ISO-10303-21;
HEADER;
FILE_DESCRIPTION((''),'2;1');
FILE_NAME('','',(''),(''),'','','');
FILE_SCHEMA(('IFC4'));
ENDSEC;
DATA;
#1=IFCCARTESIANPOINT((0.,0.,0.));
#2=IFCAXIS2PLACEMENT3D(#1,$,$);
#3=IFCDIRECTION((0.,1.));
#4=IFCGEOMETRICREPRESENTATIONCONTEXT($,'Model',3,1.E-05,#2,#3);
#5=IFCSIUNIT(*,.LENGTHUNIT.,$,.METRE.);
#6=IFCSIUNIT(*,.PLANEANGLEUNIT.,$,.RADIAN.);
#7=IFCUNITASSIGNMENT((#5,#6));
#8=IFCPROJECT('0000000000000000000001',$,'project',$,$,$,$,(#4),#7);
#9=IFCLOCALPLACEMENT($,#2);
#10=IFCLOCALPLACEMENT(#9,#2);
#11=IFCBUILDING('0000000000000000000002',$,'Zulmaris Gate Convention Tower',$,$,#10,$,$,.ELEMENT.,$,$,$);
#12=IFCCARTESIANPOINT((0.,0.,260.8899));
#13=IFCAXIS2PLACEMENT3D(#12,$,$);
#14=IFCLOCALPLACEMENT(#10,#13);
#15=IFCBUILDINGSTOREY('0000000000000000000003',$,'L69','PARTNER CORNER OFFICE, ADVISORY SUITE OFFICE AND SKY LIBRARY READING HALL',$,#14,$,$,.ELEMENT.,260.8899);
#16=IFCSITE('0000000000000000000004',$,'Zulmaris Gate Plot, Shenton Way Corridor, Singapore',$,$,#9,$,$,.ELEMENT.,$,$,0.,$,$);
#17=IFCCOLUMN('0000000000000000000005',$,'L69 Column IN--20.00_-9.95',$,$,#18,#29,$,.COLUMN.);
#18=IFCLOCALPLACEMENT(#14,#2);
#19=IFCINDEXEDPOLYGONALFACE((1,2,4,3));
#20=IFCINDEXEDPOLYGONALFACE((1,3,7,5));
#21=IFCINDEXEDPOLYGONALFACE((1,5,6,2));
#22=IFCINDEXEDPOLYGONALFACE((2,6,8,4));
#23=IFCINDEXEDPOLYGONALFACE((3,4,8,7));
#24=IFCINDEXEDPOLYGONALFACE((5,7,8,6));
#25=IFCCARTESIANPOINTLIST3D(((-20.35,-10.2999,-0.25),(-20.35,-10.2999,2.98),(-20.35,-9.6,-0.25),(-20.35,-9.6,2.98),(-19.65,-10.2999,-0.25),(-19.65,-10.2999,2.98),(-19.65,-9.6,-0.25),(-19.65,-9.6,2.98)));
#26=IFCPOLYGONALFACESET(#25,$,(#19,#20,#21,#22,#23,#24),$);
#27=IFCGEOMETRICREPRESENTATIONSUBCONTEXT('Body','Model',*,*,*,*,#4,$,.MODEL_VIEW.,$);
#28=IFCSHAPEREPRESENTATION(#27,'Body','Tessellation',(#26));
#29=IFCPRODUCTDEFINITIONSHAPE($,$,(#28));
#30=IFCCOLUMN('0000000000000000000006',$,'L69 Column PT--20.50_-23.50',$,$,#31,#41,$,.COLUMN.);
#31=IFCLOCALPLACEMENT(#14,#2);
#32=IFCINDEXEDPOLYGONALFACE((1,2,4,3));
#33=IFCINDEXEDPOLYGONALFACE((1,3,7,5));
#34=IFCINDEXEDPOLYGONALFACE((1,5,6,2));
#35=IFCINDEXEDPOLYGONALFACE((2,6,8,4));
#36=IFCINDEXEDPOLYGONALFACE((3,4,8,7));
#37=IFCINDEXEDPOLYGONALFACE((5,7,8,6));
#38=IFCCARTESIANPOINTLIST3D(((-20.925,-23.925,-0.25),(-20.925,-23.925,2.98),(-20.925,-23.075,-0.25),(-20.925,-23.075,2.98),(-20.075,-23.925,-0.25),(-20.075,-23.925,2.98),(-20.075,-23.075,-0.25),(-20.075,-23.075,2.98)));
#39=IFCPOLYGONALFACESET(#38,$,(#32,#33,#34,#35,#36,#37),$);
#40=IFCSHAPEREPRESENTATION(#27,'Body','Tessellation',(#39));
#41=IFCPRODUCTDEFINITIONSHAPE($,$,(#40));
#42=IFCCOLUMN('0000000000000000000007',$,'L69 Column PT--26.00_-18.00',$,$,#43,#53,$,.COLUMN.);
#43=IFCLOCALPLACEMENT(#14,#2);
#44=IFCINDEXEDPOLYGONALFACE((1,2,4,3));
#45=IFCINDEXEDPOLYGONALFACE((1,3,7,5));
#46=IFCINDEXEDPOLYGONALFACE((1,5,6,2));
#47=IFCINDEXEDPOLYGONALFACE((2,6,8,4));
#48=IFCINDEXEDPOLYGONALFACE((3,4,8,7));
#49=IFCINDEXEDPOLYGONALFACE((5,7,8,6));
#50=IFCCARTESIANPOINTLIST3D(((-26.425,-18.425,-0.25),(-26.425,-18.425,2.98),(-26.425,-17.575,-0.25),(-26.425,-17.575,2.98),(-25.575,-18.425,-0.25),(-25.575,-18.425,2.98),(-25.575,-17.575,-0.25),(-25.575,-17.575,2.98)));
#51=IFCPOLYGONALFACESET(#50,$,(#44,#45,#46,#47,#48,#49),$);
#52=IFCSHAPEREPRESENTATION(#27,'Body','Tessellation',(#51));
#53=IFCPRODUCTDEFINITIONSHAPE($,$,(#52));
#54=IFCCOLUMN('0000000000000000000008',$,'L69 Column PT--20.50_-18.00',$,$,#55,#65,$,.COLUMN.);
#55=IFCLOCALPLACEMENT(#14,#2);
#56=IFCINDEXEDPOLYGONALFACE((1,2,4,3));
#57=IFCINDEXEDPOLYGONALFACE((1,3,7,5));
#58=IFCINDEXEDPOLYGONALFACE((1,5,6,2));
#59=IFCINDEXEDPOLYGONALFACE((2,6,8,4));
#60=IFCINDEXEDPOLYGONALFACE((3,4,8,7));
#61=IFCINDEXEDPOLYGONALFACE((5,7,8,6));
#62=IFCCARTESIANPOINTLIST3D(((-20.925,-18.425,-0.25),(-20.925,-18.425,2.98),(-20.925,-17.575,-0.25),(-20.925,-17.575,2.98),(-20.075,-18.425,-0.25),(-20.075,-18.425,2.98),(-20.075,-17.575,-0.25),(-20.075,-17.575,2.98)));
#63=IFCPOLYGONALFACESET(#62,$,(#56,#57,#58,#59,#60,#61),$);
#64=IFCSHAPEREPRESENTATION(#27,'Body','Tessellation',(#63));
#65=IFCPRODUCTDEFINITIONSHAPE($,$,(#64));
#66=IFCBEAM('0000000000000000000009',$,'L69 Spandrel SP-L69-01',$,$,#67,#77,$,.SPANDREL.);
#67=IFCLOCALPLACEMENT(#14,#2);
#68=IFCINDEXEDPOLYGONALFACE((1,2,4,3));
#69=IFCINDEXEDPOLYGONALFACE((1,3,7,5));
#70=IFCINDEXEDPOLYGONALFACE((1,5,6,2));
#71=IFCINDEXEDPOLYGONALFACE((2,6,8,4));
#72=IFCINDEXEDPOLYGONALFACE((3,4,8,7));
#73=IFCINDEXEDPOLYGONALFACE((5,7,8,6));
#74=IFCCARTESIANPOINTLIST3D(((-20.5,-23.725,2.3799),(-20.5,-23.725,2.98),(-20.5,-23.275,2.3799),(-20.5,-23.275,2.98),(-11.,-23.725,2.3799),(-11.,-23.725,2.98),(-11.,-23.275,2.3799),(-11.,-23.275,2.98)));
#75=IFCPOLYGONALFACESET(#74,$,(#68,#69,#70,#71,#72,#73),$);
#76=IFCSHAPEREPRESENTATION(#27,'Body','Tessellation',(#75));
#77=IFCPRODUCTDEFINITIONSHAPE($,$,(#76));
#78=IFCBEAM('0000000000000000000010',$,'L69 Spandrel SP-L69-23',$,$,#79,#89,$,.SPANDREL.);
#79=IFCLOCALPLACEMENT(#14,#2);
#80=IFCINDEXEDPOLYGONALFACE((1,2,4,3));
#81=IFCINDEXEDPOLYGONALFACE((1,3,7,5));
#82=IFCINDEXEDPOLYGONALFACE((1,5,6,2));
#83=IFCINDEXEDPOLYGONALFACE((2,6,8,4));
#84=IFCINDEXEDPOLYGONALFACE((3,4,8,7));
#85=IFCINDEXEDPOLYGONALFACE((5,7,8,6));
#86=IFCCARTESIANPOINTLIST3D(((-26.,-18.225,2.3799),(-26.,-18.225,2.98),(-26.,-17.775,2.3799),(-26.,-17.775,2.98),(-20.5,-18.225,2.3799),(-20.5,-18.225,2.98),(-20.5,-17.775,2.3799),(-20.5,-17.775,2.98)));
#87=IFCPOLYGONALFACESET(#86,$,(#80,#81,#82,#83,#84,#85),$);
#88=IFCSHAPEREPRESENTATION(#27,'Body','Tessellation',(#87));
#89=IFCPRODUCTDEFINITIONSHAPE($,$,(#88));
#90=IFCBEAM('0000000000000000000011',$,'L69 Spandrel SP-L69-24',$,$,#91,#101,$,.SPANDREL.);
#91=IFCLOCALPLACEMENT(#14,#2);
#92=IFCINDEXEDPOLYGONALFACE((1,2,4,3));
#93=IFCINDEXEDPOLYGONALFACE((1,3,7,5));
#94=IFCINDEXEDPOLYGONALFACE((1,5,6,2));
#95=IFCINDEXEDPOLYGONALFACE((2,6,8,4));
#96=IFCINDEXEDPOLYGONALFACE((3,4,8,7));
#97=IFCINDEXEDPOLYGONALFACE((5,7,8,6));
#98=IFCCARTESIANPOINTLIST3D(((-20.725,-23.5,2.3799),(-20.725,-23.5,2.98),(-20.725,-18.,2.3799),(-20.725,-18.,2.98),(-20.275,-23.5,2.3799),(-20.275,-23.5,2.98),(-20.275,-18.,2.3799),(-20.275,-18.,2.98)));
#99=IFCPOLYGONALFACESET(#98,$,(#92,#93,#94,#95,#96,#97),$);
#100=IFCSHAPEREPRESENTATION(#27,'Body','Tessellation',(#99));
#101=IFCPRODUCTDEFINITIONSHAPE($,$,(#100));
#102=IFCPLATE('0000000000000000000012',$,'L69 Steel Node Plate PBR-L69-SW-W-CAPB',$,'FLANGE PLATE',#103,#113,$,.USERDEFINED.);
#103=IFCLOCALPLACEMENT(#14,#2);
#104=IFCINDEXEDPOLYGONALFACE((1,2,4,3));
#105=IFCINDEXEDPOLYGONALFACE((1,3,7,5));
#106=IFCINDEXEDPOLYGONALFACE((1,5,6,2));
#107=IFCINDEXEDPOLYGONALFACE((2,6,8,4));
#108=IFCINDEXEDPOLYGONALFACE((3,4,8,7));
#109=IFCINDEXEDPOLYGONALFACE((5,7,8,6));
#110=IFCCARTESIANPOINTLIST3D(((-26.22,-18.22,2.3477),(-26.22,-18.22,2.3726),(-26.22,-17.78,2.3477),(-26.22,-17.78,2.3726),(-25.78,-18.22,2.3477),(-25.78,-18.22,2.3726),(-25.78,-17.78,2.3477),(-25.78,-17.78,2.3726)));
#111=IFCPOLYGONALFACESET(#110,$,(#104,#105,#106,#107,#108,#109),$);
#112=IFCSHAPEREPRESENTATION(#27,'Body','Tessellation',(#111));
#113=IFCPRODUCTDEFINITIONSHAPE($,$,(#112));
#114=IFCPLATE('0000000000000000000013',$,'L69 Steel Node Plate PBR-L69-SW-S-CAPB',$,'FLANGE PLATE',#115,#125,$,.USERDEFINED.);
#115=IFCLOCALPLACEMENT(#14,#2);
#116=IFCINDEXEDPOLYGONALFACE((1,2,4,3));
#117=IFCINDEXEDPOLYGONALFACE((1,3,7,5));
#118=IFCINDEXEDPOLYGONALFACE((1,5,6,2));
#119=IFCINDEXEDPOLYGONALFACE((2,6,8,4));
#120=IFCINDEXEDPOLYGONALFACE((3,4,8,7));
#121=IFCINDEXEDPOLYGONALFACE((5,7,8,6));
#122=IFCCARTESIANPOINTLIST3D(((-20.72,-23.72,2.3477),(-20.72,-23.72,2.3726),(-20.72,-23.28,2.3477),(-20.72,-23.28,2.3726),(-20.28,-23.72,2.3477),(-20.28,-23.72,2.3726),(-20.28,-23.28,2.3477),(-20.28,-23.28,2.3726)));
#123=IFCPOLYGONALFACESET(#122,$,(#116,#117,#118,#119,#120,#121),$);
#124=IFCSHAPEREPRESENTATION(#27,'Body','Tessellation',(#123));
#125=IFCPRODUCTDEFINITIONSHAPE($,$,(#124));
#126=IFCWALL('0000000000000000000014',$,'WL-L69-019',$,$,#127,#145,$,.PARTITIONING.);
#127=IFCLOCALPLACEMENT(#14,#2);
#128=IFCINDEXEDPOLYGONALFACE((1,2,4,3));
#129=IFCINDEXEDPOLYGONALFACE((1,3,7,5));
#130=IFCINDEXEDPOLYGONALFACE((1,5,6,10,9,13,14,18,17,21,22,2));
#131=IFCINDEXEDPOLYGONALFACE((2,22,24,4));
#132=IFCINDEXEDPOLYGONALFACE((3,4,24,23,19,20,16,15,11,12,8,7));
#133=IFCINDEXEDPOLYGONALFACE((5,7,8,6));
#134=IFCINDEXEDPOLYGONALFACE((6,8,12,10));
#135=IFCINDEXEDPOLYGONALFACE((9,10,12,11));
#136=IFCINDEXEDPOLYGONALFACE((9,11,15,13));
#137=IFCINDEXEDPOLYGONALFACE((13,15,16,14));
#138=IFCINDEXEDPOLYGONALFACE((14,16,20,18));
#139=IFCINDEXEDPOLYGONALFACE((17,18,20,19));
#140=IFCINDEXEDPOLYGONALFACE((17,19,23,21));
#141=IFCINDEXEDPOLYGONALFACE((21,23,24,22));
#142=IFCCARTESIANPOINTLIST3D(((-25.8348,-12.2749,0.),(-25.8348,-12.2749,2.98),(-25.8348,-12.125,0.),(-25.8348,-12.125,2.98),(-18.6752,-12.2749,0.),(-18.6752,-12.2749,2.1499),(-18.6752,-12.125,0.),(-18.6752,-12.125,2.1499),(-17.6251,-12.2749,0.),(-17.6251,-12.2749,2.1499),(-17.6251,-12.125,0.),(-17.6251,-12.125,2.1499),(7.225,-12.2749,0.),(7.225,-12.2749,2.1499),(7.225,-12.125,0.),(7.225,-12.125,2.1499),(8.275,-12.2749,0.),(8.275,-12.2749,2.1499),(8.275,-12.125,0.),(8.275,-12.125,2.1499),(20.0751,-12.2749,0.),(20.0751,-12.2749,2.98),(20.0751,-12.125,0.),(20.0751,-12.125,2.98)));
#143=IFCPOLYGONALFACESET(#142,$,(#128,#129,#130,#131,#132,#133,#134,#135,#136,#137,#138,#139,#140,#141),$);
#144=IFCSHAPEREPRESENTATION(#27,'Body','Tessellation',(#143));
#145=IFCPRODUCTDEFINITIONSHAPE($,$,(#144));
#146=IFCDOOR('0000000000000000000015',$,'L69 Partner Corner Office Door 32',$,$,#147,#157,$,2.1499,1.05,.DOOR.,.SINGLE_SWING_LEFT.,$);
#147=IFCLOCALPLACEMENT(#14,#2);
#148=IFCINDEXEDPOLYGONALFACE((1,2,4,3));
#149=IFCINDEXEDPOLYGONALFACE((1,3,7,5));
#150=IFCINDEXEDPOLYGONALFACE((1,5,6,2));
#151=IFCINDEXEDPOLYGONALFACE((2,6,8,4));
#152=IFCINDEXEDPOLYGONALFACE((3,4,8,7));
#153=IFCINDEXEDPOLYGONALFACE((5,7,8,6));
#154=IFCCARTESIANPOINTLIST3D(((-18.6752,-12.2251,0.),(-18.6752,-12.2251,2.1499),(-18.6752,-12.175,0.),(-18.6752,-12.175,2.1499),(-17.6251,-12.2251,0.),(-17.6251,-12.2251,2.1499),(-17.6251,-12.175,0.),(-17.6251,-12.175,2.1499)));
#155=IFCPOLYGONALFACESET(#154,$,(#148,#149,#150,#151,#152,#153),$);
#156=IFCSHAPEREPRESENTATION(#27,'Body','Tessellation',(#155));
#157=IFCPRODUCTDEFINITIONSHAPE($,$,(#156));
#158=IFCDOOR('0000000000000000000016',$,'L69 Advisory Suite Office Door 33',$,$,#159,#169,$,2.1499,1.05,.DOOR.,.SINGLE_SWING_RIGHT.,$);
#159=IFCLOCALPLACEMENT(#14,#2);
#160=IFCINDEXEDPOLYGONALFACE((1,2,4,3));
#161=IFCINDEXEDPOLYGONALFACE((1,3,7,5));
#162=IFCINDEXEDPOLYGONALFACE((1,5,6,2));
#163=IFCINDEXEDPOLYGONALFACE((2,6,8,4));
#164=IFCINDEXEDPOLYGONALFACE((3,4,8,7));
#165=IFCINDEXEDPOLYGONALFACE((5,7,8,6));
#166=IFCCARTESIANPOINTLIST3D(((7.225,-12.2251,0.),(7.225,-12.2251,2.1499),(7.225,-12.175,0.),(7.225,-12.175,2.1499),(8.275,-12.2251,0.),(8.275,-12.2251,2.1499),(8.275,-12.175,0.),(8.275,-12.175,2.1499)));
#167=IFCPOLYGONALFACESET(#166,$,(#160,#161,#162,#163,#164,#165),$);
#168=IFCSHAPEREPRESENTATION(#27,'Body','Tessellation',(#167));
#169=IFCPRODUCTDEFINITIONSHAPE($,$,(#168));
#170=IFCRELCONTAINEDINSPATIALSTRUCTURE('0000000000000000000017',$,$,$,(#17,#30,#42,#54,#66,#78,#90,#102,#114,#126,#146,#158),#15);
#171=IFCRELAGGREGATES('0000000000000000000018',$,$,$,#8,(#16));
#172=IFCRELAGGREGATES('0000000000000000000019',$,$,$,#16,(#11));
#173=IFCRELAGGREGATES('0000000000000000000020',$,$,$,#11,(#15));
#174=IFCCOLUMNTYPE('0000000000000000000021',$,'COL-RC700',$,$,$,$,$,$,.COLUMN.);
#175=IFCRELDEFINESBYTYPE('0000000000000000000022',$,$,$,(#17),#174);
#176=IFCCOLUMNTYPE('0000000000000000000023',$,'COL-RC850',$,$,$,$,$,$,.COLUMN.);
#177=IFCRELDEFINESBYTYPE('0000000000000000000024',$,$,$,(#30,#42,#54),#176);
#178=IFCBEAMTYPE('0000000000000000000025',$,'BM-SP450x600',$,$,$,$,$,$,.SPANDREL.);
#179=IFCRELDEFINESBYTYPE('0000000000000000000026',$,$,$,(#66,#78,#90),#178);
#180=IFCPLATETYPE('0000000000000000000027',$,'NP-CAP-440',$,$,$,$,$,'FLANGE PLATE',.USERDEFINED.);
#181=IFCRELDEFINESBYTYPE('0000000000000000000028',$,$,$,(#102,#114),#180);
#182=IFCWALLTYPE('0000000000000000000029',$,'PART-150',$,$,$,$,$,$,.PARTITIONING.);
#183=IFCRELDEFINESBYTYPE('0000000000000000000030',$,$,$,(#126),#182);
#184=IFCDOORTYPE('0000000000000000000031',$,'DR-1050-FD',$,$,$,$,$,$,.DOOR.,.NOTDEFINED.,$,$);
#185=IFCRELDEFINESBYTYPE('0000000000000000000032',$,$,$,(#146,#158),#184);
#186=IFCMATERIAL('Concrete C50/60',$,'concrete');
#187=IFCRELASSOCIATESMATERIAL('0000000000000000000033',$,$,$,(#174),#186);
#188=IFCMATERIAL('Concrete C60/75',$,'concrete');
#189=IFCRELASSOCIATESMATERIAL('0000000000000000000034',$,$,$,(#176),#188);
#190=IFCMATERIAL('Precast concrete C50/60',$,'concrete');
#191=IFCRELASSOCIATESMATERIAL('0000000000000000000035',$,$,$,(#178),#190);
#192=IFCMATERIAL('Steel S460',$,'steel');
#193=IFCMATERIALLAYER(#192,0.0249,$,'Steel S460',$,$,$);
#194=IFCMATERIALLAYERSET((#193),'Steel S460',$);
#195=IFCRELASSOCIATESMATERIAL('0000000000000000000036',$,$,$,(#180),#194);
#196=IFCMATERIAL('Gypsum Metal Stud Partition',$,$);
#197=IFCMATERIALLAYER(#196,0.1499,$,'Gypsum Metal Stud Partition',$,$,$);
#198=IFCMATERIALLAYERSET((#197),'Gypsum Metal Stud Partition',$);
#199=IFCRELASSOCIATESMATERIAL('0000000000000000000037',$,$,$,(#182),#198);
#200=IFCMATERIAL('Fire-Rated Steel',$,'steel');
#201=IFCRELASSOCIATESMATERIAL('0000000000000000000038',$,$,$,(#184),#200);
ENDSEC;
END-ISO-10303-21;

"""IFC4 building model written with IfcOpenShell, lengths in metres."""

from ifc_helpers import new_model, si_unit, direction, frame, frame_2d, origin, origin_2d, place, context, subcontext, project, spatial, rectangle, extrude, material, layer, layer_set, material_profile, profile_set, type_object, element, fill, save


model = new_model("IFC4")

# Units and contexts
model_context = context("Model", 3, precision=1e-05, world=origin(), true_north=direction((0.0, 1.0)))
body_context = subcontext(model_context, "Body", "Model", "MODEL_VIEW")
ifc_project = project(units=[si_unit("LENGTHUNIT", "METRE"), si_unit("PLANEANGLEUNIT", "RADIAN")], contexts=[model_context])

# Site, building, storey
site_placement = place(None, origin())
site = spatial("IfcSite", under=ifc_project, at=site_placement, Name="Zulmaris Gate Plot, Shenton Way Corridor, Singapore", CompositionType="ELEMENT", RefElevation=0.0)
building_placement = place(site_placement, origin())
building = spatial("IfcBuilding", under=site, at=building_placement, Name="Zulmaris Gate Convention Tower", CompositionType="ELEMENT")
storey_placement = place(building_placement, frame((0.0, 0.0, 260.8899)))
storey = spatial("IfcBuildingStorey", under=building, at=storey_placement, Name="L69", Description="PARTNER CORNER OFFICE, ADVISORY SUITE OFFICE AND SKY LIBRARY READING HALL", CompositionType="ELEMENT", Elevation=260.8899)

# Columns
ifc_material_1 = material(Name="Concrete C50/60", Category="concrete")
ifc_material_profile_1 = material_profile(ifc_material_1, rectangle(XDim=0.7, YDim=0.7, at=origin_2d()), Name="RC COL 700x700")
ifc_profile_set_1 = profile_set([ifc_material_profile_1], Name="Concrete C50/60")
column_type_1 = type_object("IfcColumnType", Name="COL-RC700", PredefinedType="COLUMN", material=ifc_profile_set_1)
column_placement = place(storey_placement, frame((-20.0, -9.95, -0.25), z_axis=(0.0, 0.0, 1.0), x_axis=(1.0, 0.0, 0.0)))
element("IfcColumn", 1, at=column_placement, inside=storey, type_object=column_type_1, Name="L69 Column IN--20.00_-9.95", PredefinedType="COLUMN", context=body_context, shape_type="SweptSolid", body=[
    extrude(rectangle(XDim=0.7, YDim=0.7, at=origin_2d()), origin(), (0.0, 0.0, 1.0), 3.23),
])
ifc_material_2 = material(Name="Concrete C60/75", Category="concrete")
ifc_material_profile_2 = material_profile(ifc_material_2, rectangle(XDim=0.8501, YDim=0.8501, at=origin_2d()), Name="RC COL 850x850")
ifc_profile_set_2 = profile_set([ifc_material_profile_2], Name="Concrete C60/75")
column_type_2 = type_object("IfcColumnType", Name="COL-RC850", PredefinedType="COLUMN", material=ifc_profile_set_2)
for number, where, z_axis, x_axis, name in (
    (2, (-20.5, -23.5, -0.25), (0.0, 0.0, 1.0), (1.0, 0.0, 0.0), "L69 Column PT--20.50_-23.50"),
    (3, (-26.0, -18.0, -0.25), (0.0, 0.0, 1.0), (1.0, 0.0, 0.0), "L69 Column PT--26.00_-18.00"),
    (4, (-20.5, -18.0, -0.25), (0.0, 0.0, 1.0), (1.0, 0.0, 0.0), "L69 Column PT--20.50_-18.00"),
):
    element("IfcColumn", number, at=place(storey_placement, frame(where, z_axis=z_axis, x_axis=x_axis)), inside=storey, type_object=column_type_2, Name=name, PredefinedType="COLUMN", context=body_context, shape_type="SweptSolid", body=[
        extrude(rectangle(XDim=0.8501, YDim=0.8501, at=origin_2d()), origin(), (0.0, 0.0, 1.0), 3.23),
    ])

# Beams
ifc_material_3 = material(Name="Precast concrete C50/60", Category="concrete")
ifc_material_profile_3 = material_profile(ifc_material_3, rectangle(XDim=0.45, YDim=0.6001, at=origin_2d()), Name="RC SPANDREL 450x600")
ifc_profile_set_3 = profile_set([ifc_material_profile_3], Name="Precast concrete C50/60")
beam_type = type_object("IfcBeamType", Name="BM-SP450x600", PredefinedType="SPANDREL", material=ifc_profile_set_3)
beam_placement = place(storey_placement, frame((-20.5, -23.5, 2.6799), z_axis=(1.0, 0.0, 0.0), x_axis=(0.0, 1.0, 0.0)))
element("IfcBeam", 5, at=beam_placement, inside=storey, type_object=beam_type, Name="L69 Spandrel SP-L69-01", PredefinedType="SPANDREL", context=body_context, shape_type="SweptSolid", body=[
    extrude(rectangle(XDim=0.45, YDim=0.6001, at=origin_2d()), origin(), (0.0, 0.0, 1.0), 9.5),
])
for number, where, z_axis, x_axis, name in (
    (6, (-26.0, -18.0, 2.6799), (1.0, 0.0, 0.0), (0.0, 1.0, 0.0), "L69 Spandrel SP-L69-23"),
    (7, (-20.5, -18.0, 2.6799), (0.0, -1.0, 0.0), (1.0, 0.0, 0.0), "L69 Spandrel SP-L69-24"),
):
    element("IfcBeam", number, at=place(storey_placement, frame(where, z_axis=z_axis, x_axis=x_axis)), inside=storey, type_object=beam_type, Name=name, PredefinedType="SPANDREL", context=body_context, shape_type="SweptSolid", body=[
        extrude(rectangle(XDim=0.45, YDim=0.6001, at=origin_2d()), origin(), (0.0, 0.0, 1.0), 5.5),
    ])

# Plates
ifc_material_4 = material(Name="Steel S460", Category="steel")
ifc_layer_1 = layer(ifc_material_4, 0.0249, Name="Steel S460")
ifc_layer_set_1 = layer_set([ifc_layer_1], Name="Steel S460")
plate_type = type_object("IfcPlateType", Name="NP-CAP-440", ElementType="FLANGE PLATE", PredefinedType="USERDEFINED", material=ifc_layer_set_1)
for number, where, z_axis, x_axis, name in (
    (8, (-26.0, -18.0, 2.3477), (0.0, 0.0, 1.0), (1.0, 0.0, 0.0), "L69 Steel Node Plate PBR-L69-SW-W-CAPB"),
    (9, (-20.5, -23.5, 2.3477), (0.0, 0.0, 1.0), (1.0, 0.0, 0.0), "L69 Steel Node Plate PBR-L69-SW-S-CAPB"),
):
    element("IfcPlate", number, at=place(storey_placement, frame(where, z_axis=z_axis, x_axis=x_axis)), inside=storey, type_object=plate_type, Name=name, ObjectType="FLANGE PLATE", PredefinedType="USERDEFINED", context=body_context, shape_type="SweptSolid", body=[
        extrude(rectangle(XDim=0.4399, YDim=0.4399, at=origin_2d()), origin(), (0.0, 0.0, 1.0), 0.0249),
    ])

# Wall, openings, doors
ifc_material_5 = material(Name="Gypsum Metal Stud Partition")
ifc_layer_2 = layer(ifc_material_5, 0.1499, Name="Gypsum Metal Stud Partition")
ifc_layer_set_2 = layer_set([ifc_layer_2], Name="Gypsum Metal Stud Partition")
wall_type_1 = type_object("IfcWallType", Name="PART-150", PredefinedType="PARTITIONING", material=ifc_layer_set_2)
wall_1_placement = place(storey_placement, frame((-25.835, -12.2, 0.0), z_axis=(0.0, 0.0, 1.0), x_axis=(1.0, 0.0, 0.0)))
wall_1 = element("IfcWall", 10, at=wall_1_placement, inside=storey, type_object=wall_type_1, Name="WL-L69-019", PredefinedType="PARTITIONING", context=body_context, shape_type="SweptSolid", body=[
    extrude(rectangle(XDim=45.9099, YDim=0.1499, at=frame_2d((22.9551, 0.0))), origin(), (0.0, 0.0, 1.0), 2.98),
])
opening_1_placement = place(wall_1_placement, frame((7.1599, 0.0, 0.0)))
opening_1 = element("IfcOpeningElement", 11, at=opening_1_placement, cuts=wall_1, PredefinedType="OPENING", context=body_context, shape_type="SweptSolid", body=[
    extrude(rectangle(XDim=1.05, YDim=2.1499, at=frame_2d((0.5249, 1.075))), frame((0.0, 0.085, 0.0), z_axis=(0.0, -1.0, 0.0), x_axis=(1.0, 0.0, 0.0)), (0.0, 0.0, 1.0), 0.1699),
])
opening_2_placement = place(wall_1_placement, frame((33.0601, 0.0, 0.0)))
opening_2 = element("IfcOpeningElement", 12, at=opening_2_placement, cuts=wall_1, PredefinedType="OPENING", context=body_context, shape_type="SweptSolid", body=[
    extrude(rectangle(XDim=1.05, YDim=2.1499, at=frame_2d((0.5249, 1.075))), frame((0.0, 0.085, 0.0), z_axis=(0.0, -1.0, 0.0), x_axis=(1.0, 0.0, 0.0)), (0.0, 0.0, 1.0), 0.1699),
])
ifc_material_6 = material(Name="Fire-Rated Steel", Category="steel")
door_type_1 = type_object("IfcDoorType", Name="DR-1050-FD", OperationType="NOTDEFINED", PredefinedType="DOOR", material=ifc_material_6)
door_1_placement = place(opening_1_placement, origin())
door_1 = element("IfcDoor", 13, at=door_1_placement, inside=storey, type_object=door_type_1, Name="L69 Partner Corner Office Door 32", OperationType="SINGLE_SWING_LEFT", OverallHeight=2.1499, OverallWidth=1.05, PredefinedType="DOOR", context=body_context, shape_type="SweptSolid", body=[
    extrude(rectangle(XDim=1.05, YDim=2.1499, at=frame_2d((0.5249, 1.075))), frame((0.0, 0.0249, 0.0), z_axis=(0.0, -1.0, 0.0), x_axis=(1.0, 0.0, 0.0)), (0.0, 0.0, 1.0), 0.05),
])
fill(opening_1, door_1)
door_2_placement = place(opening_2_placement, origin())
door_2 = element("IfcDoor", 14, at=door_2_placement, inside=storey, type_object=door_type_1, Name="L69 Advisory Suite Office Door 33", OperationType="SINGLE_SWING_RIGHT", OverallHeight=2.1499, OverallWidth=1.05, PredefinedType="DOOR", context=body_context, shape_type="SweptSolid", body=[
    extrude(rectangle(XDim=1.05, YDim=2.1499, at=frame_2d((0.5249, 1.075))), frame((0.0, 0.0249, 0.0), z_axis=(0.0, -1.0, 0.0), x_axis=(1.0, 0.0, 0.0)), (0.0, 0.0, 1.0), 0.05),
])
fill(opening_2, door_2)

save(model, "model.ifc")
